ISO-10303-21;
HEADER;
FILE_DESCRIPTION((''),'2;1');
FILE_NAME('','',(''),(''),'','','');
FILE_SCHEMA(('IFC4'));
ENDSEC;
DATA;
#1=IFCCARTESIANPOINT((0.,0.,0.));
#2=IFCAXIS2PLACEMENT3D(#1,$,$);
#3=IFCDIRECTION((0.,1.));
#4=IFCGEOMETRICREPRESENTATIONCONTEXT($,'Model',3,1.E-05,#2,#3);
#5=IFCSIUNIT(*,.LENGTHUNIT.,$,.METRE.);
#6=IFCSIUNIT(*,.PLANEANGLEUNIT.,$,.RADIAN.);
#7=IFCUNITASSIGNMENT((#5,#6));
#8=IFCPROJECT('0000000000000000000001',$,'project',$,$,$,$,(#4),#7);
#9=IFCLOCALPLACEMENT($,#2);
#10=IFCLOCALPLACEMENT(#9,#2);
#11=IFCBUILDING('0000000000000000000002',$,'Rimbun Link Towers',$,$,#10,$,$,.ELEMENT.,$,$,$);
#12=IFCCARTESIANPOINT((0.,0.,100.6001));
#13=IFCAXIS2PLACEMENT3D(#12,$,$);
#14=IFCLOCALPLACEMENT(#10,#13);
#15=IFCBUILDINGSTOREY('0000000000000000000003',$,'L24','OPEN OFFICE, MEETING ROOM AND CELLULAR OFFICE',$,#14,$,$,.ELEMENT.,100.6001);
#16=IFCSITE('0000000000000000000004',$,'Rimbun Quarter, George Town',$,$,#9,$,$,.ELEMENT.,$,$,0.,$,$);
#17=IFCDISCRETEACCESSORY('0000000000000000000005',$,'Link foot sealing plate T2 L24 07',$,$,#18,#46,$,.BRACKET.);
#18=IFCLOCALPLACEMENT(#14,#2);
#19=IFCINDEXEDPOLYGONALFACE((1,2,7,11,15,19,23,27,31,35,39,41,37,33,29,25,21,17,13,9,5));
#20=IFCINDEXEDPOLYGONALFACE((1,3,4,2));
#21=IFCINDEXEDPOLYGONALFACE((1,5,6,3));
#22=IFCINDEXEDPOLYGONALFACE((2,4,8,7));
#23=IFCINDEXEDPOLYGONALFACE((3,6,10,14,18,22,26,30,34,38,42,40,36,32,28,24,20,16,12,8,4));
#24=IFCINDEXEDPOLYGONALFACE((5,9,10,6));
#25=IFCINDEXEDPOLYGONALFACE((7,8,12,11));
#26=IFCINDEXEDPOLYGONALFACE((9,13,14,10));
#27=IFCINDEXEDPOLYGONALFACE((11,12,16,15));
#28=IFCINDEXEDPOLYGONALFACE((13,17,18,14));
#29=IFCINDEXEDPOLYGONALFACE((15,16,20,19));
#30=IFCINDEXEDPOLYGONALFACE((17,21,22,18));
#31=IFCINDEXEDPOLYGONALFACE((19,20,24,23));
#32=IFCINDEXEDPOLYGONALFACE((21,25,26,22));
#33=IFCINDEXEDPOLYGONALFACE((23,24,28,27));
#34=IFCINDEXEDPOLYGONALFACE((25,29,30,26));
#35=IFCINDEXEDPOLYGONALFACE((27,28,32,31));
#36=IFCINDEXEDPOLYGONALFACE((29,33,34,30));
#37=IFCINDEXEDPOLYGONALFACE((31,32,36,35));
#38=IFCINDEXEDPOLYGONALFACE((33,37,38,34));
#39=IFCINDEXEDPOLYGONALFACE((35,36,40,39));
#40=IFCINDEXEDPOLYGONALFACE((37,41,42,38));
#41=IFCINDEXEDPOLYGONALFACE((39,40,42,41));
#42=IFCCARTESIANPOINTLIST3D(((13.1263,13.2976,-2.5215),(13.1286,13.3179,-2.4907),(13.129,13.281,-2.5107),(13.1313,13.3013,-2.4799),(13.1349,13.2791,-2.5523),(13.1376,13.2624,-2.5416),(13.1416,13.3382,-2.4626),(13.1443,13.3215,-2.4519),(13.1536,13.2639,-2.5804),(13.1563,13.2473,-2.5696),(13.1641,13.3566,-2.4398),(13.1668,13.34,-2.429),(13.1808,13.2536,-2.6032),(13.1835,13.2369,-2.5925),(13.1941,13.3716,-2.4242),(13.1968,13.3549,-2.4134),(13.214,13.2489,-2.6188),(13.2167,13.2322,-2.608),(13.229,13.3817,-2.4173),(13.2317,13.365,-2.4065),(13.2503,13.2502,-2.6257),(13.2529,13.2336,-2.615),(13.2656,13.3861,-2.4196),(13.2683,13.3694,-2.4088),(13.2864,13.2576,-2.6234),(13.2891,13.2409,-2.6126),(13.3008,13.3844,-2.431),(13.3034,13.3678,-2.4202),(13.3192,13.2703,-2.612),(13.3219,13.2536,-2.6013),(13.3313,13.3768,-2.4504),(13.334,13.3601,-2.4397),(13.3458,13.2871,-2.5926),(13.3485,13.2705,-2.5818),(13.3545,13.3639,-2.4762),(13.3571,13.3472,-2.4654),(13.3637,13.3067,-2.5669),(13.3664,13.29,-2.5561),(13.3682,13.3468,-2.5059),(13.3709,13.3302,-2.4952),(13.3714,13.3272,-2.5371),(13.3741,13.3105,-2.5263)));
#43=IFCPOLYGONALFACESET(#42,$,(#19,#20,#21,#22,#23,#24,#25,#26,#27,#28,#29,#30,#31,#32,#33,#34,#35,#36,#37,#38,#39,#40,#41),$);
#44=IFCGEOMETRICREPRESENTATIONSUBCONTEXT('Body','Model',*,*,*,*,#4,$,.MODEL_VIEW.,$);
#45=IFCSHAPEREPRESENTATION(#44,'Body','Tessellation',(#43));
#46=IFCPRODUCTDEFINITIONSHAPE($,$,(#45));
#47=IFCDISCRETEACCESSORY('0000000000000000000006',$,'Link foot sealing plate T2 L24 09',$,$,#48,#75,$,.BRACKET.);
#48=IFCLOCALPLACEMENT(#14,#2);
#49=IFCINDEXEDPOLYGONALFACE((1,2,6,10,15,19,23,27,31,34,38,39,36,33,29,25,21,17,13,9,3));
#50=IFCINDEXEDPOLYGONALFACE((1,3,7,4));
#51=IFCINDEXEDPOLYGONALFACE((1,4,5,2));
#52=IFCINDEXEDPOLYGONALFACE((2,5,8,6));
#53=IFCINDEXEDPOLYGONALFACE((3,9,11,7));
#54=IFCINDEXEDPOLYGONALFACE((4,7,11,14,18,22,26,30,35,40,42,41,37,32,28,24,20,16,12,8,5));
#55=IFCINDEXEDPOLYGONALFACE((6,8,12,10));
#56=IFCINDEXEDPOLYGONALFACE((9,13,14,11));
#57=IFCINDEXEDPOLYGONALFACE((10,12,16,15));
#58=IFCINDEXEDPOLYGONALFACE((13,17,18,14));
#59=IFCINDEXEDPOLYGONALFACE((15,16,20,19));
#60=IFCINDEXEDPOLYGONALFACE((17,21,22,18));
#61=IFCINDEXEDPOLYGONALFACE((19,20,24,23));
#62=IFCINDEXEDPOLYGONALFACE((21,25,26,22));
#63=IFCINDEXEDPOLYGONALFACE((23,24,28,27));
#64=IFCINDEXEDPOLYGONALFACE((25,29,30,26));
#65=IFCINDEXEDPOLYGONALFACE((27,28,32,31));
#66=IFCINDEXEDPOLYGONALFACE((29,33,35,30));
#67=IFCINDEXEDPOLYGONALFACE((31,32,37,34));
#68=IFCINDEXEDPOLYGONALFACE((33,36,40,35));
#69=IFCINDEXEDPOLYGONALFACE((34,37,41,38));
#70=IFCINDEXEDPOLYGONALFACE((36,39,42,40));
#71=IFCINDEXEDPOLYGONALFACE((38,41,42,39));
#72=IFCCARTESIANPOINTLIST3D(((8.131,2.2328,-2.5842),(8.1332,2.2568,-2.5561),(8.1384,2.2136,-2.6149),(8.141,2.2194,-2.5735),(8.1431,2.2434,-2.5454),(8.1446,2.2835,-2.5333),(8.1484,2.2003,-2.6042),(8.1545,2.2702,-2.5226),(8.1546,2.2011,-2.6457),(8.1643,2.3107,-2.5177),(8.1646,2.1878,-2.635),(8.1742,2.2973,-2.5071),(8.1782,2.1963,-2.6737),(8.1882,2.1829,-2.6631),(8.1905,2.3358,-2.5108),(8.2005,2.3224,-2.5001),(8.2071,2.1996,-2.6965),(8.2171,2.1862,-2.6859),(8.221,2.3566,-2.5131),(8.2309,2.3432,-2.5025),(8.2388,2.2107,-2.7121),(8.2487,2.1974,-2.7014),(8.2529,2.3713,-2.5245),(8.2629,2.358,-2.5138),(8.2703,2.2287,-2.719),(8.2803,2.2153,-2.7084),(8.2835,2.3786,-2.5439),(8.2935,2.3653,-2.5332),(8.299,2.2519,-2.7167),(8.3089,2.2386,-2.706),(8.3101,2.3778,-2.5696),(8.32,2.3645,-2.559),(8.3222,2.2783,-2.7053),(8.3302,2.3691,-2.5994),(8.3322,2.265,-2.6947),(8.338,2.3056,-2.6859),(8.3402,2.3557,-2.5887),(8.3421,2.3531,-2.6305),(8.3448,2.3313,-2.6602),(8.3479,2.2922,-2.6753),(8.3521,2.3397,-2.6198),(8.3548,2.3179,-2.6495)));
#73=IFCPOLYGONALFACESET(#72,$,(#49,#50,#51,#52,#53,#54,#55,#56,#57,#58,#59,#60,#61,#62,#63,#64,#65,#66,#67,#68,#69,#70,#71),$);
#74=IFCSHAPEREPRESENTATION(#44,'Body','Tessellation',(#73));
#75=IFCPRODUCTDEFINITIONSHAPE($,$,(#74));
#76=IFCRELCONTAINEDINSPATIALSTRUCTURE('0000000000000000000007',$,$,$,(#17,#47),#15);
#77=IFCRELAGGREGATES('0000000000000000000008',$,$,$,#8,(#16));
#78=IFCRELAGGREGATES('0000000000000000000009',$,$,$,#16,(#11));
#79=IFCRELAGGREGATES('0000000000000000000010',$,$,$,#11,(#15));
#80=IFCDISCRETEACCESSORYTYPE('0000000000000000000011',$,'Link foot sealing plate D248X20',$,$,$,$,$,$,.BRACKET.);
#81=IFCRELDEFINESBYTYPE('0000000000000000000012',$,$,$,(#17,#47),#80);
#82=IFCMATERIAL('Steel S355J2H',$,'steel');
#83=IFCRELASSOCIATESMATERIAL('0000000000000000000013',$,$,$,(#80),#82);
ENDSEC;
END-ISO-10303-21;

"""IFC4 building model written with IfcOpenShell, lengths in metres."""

from ifc_helpers import new_model, si_unit, direction, frame, origin, origin_2d, place, context, subcontext, project, spatial, circle, extrude, material, material_profile, profile_set, type_object, element, save


model = new_model("IFC4")

# Units and contexts
model_context = context("Model", 3, precision=1e-05, world=origin(), true_north=direction((0.0, 1.0)))
body_context = subcontext(model_context, "Body", "Model", "MODEL_VIEW")
ifc_project = project(units=[si_unit("LENGTHUNIT", "METRE"), si_unit("PLANEANGLEUNIT", "RADIAN")], contexts=[model_context])

# Site, building, storey
site_placement = place(None, origin())
site = spatial("IfcSite", under=ifc_project, at=site_placement, Name="Rimbun Quarter, George Town", CompositionType="ELEMENT", RefElevation=0.0)
building_placement = place(site_placement, origin())
building = spatial("IfcBuilding", under=site, at=building_placement, Name="Rimbun Link Towers", CompositionType="ELEMENT")
storey_placement = place(building_placement, frame((0.0, 0.0, 100.6001)))
storey = spatial("IfcBuildingStorey", under=building, at=storey_placement, Name="L24", Description="OPEN OFFICE, MEETING ROOM AND CELLULAR OFFICE", CompositionType="ELEMENT", Elevation=100.6001)

# Discrete accessories
ifc_material_1 = material(Name="Steel S355J2H", Category="steel")
ifc_material_profile_1 = material_profile(ifc_material_1, circle(Radius=0.124, at=origin_2d()), Name="PL D248")
ifc_profile_set_1 = profile_set([ifc_material_profile_1], Name="Steel S355J2H")
discrete_accessory_type = type_object("IfcDiscreteAccessoryType", Name="Link foot sealing plate D248X20", PredefinedType="BRACKET", material=ifc_profile_set_1)
discrete_accessory_1_placement = place(storey_placement, frame((13.2515, 13.3008, -2.5107), z_axis=(-0.134577, 0.831933, -0.538309), x_axis=(-0.987167, -0.159689, 0.0)))
element("IfcDiscreteAccessory", 1, at=discrete_accessory_1_placement, inside=storey, type_object=discrete_accessory_type, Name="Link foot sealing plate T2 L24 07", PredefinedType="BRACKET", context=body_context, shape_type="SweptSolid", body=[
    extrude(circle(Radius=0.124, at=origin_2d()), origin(), (0.0, 0.0, 1.0), 0.02),
])
discrete_accessory_2_placement = place(storey_placement, frame((8.2478, 2.2744, -2.6042), z_axis=(-0.503077, 0.674859, -0.539887), x_axis=(-0.801746, -0.597665, 0.0)))
element("IfcDiscreteAccessory", 2, at=discrete_accessory_2_placement, inside=storey, type_object=discrete_accessory_type, Name="Link foot sealing plate T2 L24 09", PredefinedType="BRACKET", context=body_context, shape_type="SweptSolid", body=[
    extrude(circle(Radius=0.124, at=origin_2d()), origin(), (0.0, 0.0, 1.0), 0.0198),
])

save(model, "model.ifc")
